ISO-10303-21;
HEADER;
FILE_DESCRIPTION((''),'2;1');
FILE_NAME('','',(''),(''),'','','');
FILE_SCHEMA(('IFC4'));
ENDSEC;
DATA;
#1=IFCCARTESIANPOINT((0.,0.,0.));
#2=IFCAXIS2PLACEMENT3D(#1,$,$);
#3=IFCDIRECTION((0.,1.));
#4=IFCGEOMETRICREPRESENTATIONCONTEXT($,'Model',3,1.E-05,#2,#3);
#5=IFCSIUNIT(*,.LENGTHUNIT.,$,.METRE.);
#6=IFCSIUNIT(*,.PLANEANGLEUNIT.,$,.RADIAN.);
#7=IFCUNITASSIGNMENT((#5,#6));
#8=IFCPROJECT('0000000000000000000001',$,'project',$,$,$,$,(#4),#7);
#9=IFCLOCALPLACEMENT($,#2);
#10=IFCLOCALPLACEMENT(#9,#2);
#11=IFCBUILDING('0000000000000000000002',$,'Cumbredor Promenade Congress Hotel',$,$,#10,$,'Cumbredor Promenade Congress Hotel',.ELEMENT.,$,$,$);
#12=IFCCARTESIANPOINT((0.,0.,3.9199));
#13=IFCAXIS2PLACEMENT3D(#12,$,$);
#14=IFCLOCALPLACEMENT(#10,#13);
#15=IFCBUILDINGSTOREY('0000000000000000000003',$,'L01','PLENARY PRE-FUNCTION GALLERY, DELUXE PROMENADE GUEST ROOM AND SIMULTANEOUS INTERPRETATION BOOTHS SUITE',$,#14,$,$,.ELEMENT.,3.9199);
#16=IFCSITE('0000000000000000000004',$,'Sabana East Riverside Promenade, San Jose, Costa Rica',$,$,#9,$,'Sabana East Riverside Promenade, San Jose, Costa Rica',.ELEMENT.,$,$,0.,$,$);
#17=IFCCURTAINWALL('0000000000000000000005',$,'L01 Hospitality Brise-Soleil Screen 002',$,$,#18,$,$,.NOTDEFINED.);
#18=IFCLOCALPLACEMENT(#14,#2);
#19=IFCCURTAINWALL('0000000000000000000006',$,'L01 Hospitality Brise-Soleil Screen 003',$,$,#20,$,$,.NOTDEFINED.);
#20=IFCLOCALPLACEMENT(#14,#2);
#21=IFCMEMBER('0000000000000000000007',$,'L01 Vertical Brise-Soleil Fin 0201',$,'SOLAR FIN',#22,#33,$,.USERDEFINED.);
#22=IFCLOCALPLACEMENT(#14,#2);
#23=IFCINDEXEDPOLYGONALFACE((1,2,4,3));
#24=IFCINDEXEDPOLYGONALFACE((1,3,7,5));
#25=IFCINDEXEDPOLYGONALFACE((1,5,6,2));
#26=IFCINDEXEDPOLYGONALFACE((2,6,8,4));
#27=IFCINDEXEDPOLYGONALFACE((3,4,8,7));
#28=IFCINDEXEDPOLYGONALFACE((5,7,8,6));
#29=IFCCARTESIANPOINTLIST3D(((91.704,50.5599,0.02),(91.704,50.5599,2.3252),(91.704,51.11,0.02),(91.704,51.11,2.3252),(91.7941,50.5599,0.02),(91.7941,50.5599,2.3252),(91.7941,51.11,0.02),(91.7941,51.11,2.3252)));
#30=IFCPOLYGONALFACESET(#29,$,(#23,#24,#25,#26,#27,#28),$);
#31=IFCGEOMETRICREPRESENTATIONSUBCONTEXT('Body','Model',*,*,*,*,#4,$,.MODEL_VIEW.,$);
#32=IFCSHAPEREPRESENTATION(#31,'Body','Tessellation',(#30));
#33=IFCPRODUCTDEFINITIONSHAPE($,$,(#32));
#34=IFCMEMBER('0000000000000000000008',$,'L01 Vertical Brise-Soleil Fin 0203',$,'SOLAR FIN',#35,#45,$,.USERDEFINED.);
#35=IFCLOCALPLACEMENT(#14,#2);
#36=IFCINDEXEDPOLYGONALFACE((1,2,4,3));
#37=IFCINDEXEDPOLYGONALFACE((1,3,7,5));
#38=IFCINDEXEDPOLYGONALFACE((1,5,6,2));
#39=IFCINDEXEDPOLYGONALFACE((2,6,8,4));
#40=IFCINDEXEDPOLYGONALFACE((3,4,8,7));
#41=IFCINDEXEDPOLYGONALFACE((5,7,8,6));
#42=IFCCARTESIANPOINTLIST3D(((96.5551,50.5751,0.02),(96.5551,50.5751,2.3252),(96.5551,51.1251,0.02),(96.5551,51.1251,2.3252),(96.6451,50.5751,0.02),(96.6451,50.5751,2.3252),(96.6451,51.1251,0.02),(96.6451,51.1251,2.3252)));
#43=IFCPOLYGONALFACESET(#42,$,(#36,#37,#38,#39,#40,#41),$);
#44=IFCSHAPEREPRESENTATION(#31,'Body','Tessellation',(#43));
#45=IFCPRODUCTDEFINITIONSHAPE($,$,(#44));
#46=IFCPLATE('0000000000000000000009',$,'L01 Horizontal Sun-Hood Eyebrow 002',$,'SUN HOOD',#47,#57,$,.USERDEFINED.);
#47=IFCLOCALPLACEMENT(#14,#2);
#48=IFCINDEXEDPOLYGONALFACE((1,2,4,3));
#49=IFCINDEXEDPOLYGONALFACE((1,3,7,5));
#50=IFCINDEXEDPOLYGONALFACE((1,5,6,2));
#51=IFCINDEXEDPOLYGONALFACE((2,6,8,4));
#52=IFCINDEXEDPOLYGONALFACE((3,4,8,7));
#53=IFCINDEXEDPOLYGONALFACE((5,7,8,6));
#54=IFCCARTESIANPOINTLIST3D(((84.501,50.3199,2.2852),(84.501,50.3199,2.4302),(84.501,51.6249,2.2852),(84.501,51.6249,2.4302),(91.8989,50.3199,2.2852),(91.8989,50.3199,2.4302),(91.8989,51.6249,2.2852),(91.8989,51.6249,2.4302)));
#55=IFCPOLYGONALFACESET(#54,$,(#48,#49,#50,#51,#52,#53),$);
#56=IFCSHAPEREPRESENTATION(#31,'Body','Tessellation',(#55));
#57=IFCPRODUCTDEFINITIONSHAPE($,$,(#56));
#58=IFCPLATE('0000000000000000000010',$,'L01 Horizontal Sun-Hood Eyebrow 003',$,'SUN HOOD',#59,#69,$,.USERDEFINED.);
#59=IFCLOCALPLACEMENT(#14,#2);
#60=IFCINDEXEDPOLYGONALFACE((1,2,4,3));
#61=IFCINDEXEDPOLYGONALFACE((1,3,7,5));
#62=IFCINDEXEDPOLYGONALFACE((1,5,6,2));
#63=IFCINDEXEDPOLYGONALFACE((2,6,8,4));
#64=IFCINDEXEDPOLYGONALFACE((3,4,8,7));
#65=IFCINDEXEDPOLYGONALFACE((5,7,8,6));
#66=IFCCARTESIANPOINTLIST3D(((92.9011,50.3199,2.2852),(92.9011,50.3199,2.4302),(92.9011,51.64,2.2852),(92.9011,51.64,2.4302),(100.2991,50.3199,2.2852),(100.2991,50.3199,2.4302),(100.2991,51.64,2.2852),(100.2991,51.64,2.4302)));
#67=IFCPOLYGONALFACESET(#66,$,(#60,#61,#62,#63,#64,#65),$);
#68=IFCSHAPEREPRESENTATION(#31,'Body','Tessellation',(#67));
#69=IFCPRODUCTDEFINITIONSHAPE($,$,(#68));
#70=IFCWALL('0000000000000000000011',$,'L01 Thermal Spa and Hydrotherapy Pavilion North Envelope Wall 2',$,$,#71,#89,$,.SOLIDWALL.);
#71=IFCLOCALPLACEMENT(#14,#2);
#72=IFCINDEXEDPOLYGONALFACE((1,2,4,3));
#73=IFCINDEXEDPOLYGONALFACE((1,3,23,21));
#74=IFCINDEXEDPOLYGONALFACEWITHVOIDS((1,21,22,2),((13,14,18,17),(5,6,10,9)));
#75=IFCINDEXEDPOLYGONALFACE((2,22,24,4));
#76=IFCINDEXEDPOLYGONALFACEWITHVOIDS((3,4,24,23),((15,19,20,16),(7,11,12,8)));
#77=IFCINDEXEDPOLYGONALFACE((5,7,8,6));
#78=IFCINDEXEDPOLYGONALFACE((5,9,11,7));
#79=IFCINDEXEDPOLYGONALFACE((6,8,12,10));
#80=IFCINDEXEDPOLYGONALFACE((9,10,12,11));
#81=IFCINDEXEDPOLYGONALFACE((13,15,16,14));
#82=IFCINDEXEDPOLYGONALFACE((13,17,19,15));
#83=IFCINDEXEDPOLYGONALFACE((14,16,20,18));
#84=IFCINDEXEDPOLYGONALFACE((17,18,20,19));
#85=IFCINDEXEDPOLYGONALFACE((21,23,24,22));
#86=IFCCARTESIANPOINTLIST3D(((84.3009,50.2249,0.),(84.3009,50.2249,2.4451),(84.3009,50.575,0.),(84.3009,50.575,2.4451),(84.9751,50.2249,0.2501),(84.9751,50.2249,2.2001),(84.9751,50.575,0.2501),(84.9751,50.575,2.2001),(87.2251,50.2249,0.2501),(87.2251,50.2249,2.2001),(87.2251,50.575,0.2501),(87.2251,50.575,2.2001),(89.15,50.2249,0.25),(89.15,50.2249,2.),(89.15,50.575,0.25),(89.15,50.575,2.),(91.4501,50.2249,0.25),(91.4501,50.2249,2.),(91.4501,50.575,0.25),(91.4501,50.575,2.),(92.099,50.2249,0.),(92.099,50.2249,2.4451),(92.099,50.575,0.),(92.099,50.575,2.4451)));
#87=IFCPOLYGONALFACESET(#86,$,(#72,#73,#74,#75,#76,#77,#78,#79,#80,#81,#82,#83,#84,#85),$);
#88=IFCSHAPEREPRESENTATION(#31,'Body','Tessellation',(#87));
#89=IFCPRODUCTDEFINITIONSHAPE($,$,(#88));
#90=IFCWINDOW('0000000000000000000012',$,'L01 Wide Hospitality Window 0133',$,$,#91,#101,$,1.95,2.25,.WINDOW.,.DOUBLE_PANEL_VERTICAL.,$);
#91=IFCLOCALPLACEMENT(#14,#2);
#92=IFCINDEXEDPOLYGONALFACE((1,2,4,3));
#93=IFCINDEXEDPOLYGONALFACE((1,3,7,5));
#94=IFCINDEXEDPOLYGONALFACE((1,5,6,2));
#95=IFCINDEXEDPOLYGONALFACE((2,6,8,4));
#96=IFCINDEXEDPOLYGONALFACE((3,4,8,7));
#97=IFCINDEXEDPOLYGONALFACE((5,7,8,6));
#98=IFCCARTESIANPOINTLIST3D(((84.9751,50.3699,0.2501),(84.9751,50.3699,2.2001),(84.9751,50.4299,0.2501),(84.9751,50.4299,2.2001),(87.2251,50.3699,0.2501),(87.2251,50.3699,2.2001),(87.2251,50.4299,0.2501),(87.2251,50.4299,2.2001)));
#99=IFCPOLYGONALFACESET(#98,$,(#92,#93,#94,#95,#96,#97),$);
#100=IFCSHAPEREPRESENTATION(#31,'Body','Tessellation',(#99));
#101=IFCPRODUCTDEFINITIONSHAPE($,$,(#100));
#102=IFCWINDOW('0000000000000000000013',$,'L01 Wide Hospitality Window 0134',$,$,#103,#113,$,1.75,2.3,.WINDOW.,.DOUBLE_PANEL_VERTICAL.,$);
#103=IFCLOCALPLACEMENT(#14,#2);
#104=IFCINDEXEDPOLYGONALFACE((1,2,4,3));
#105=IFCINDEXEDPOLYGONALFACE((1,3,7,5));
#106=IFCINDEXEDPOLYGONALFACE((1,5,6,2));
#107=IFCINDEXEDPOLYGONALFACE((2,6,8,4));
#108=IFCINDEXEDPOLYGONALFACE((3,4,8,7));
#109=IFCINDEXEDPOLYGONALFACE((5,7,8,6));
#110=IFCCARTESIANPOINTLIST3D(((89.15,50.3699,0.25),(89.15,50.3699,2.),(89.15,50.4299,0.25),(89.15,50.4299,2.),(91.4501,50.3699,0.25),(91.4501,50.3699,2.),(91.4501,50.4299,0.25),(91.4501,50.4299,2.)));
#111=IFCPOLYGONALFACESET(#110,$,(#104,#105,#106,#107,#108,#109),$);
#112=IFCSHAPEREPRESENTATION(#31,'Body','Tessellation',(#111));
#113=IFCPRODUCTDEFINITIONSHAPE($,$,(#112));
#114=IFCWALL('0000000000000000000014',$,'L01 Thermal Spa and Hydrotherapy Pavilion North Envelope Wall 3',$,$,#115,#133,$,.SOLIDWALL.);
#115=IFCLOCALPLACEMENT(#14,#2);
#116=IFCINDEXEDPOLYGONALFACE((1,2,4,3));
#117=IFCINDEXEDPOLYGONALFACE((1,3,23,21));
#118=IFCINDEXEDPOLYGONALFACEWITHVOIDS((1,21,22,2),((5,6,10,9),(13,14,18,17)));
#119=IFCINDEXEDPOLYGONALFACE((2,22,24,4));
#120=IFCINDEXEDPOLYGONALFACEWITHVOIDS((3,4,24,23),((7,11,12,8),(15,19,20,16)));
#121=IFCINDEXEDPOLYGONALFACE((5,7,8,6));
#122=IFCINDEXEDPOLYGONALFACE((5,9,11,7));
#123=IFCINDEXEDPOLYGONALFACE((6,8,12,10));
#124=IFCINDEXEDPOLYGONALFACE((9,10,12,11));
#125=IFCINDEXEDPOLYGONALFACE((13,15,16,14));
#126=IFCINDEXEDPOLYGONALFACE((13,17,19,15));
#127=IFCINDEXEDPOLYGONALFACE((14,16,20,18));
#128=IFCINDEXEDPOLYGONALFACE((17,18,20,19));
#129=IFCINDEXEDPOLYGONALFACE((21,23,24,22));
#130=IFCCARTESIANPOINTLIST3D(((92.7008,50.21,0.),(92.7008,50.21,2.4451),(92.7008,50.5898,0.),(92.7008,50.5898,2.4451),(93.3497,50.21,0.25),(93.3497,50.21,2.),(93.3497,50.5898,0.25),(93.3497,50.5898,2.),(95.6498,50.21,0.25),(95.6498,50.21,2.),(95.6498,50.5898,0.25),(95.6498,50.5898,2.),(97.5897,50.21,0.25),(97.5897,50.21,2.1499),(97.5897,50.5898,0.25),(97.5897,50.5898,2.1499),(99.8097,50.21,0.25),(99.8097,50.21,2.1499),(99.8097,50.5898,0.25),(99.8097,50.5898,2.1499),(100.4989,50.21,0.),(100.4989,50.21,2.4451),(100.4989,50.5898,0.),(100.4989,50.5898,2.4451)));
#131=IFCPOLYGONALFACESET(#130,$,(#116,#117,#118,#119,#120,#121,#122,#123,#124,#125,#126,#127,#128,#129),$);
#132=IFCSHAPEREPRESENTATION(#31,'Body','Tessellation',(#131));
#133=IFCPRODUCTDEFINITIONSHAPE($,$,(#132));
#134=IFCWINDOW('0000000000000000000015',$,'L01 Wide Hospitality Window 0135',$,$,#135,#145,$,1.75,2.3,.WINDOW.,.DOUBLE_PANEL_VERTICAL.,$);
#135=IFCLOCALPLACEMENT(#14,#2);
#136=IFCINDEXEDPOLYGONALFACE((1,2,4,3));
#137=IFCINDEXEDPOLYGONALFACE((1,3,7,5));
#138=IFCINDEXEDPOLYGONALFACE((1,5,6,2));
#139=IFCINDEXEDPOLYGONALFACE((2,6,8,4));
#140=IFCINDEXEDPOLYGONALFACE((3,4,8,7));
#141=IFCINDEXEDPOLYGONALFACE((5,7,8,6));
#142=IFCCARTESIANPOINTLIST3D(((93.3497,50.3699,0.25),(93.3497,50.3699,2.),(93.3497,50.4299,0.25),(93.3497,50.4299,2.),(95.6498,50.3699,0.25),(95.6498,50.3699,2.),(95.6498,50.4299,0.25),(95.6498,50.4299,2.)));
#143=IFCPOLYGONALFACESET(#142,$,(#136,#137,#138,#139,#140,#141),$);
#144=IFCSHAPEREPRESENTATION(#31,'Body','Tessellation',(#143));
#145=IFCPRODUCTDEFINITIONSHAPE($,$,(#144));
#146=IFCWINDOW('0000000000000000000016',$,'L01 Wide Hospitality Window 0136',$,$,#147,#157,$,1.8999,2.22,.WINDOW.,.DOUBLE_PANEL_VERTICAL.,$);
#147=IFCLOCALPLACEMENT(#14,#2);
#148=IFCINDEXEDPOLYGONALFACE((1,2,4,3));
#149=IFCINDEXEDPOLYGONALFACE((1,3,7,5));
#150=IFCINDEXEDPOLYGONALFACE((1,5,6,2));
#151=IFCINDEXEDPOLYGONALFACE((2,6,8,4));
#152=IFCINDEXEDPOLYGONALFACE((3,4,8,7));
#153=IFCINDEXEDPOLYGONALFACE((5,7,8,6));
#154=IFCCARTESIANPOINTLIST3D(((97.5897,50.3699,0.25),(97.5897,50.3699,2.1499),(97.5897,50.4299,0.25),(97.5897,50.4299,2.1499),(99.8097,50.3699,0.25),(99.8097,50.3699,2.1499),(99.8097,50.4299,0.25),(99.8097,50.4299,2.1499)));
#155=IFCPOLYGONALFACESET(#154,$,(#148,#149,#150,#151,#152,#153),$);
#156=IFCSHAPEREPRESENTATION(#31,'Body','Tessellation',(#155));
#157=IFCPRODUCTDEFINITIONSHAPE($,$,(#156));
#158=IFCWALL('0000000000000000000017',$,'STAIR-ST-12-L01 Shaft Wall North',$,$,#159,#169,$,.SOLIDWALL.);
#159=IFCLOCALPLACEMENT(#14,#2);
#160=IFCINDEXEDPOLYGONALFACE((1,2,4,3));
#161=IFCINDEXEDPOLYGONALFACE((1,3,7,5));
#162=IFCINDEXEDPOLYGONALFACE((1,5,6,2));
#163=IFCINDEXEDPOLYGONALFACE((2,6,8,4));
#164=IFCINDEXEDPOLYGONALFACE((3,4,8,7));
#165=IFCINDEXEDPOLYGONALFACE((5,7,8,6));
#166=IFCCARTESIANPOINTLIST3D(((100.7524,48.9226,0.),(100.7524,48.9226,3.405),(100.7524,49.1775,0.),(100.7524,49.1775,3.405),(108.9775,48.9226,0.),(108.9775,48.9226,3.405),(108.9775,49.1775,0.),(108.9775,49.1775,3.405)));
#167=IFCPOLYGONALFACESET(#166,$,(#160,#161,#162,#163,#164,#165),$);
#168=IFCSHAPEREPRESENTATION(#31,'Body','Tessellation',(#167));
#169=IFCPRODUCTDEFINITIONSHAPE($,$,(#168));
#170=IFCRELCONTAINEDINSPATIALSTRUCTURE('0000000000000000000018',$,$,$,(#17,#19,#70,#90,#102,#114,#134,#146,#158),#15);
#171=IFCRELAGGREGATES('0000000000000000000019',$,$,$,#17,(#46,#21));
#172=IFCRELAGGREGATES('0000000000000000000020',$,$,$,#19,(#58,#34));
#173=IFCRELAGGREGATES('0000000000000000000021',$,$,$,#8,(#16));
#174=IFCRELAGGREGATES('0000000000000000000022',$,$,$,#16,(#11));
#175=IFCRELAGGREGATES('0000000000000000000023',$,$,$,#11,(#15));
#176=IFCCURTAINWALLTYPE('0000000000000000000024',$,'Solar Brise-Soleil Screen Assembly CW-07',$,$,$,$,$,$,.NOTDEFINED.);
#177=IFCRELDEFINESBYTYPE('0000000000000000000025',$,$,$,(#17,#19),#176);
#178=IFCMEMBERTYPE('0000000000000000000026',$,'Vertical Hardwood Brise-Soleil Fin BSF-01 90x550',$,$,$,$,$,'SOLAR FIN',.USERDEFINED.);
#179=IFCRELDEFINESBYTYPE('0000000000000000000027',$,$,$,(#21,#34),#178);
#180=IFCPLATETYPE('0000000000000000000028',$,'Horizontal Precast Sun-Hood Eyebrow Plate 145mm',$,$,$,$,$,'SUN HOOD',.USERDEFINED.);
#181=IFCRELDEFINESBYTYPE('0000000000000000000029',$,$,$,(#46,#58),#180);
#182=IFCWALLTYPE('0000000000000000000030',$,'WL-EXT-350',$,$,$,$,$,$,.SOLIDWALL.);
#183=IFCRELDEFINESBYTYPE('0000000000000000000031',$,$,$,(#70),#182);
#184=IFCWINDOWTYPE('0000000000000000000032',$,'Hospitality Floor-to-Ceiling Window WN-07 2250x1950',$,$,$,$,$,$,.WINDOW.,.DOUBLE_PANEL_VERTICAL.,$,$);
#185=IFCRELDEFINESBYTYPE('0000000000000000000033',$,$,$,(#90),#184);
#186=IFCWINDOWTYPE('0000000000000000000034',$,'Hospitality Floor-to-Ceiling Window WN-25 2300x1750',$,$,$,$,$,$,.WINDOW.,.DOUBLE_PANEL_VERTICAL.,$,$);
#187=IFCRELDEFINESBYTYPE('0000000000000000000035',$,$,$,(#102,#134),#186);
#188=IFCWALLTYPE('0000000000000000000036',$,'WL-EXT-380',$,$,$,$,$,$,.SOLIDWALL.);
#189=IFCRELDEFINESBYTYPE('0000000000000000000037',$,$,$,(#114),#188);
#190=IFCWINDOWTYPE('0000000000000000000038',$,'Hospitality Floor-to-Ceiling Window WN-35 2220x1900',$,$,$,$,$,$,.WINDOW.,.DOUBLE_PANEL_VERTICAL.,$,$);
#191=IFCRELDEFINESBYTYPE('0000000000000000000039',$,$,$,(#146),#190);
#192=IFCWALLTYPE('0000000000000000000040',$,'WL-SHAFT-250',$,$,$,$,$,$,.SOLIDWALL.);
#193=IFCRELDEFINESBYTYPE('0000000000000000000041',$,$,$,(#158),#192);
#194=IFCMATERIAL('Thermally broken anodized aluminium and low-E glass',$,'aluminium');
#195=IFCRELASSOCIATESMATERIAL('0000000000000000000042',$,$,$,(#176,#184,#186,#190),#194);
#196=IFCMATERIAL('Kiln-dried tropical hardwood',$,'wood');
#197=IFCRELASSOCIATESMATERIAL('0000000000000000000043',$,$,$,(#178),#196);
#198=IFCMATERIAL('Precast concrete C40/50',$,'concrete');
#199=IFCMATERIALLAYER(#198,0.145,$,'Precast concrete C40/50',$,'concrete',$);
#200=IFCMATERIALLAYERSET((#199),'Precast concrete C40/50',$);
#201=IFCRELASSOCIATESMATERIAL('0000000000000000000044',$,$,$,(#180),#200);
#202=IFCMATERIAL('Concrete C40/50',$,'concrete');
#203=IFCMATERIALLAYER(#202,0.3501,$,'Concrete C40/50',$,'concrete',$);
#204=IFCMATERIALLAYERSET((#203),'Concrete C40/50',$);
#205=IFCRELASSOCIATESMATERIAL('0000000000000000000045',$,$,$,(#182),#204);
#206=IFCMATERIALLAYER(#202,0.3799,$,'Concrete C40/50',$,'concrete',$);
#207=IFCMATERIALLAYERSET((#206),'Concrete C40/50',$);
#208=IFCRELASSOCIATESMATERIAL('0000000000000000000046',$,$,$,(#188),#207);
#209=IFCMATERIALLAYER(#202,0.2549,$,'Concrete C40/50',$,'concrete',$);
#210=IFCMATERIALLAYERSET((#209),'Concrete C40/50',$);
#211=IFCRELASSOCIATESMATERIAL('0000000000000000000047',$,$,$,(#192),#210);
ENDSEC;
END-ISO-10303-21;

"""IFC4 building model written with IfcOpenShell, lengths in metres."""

from ifc_helpers import new_model, si_unit, direction, frame, frame_2d, origin, origin_2d, place, context, subcontext, project, spatial, rectangle, extrude, material, layer, layer_set, material_profile, profile_set, type_object, element, fill, aggregate, save


model = new_model("IFC4")

# Units and contexts
model_context = context("Model", 3, precision=1e-05, world=origin(), true_north=direction((0.0, 1.0)))
body_context = subcontext(model_context, "Body", "Model", "MODEL_VIEW")
ifc_project = project(units=[si_unit("LENGTHUNIT", "METRE"), si_unit("PLANEANGLEUNIT", "RADIAN")], contexts=[model_context])

# Site, building, storey
site_placement = place(None, origin())
site = spatial("IfcSite", under=ifc_project, at=site_placement, Name="Sabana East Riverside Promenade, San Jose, Costa Rica", LongName="Sabana East Riverside Promenade, San Jose, Costa Rica", CompositionType="ELEMENT", RefElevation=0.0)
building_placement = place(site_placement, origin())
building = spatial("IfcBuilding", under=site, at=building_placement, Name="Cumbredor Promenade Congress Hotel", LongName="Cumbredor Promenade Congress Hotel", CompositionType="ELEMENT")
storey_placement = place(building_placement, frame((0.0, 0.0, 3.9199)))
storey = spatial("IfcBuildingStorey", under=building, at=storey_placement, Name="L01", Description="PLENARY PRE-FUNCTION GALLERY, DELUXE PROMENADE GUEST ROOM AND SIMULTANEOUS INTERPRETATION BOOTHS SUITE", CompositionType="ELEMENT", Elevation=3.9199)

# Shared definitions
ifc_material_1 = material(Name="Concrete C40/50", Category="concrete")

# Curtain walls
ifc_material_2 = material(Name="Thermally broken anodized aluminium and low-E glass", Category="aluminium")
curtain_wall_type = type_object("IfcCurtainWallType", Name="Solar Brise-Soleil Screen Assembly CW-07", PredefinedType="NOTDEFINED", material=ifc_material_2)
curtain_wall_1_placement = place(storey_placement, origin())
curtain_wall_1 = element("IfcCurtainWall", 1, at=curtain_wall_1_placement, inside=storey, type_object=curtain_wall_type, Name="L01 Hospitality Brise-Soleil Screen 002", PredefinedType="NOTDEFINED")
curtain_wall_2_placement = place(storey_placement, origin())
curtain_wall_2 = element("IfcCurtainWall", 2, at=curtain_wall_2_placement, inside=storey, type_object=curtain_wall_type, Name="L01 Hospitality Brise-Soleil Screen 003", PredefinedType="NOTDEFINED")

# Members
ifc_material_3 = material(Name="Kiln-dried tropical hardwood", Category="wood")
ifc_material_profile_1 = material_profile(ifc_material_3, rectangle(XDim=0.0901, YDim=0.55, at=origin_2d()), Name="ARCH FIN 90x550")
ifc_profile_set_1 = profile_set([ifc_material_profile_1], Name="Kiln-dried tropical hardwood")
member_type_1 = type_object("IfcMemberType", Name="Vertical Hardwood Brise-Soleil Fin BSF-01 90x550", ElementType="SOLAR FIN", PredefinedType="USERDEFINED", material=ifc_profile_set_1)
member_1_placement = place(storey_placement, frame((91.749, 50.835, 0.02), z_axis=(0.0, 0.0, 1.0), x_axis=(1.0, 0.0, 0.0)))
member_1 = element("IfcMember", 3, at=member_1_placement, type_object=member_type_1, Name="L01 Vertical Brise-Soleil Fin 0201", ObjectType="SOLAR FIN", PredefinedType="USERDEFINED", context=body_context, shape_type="SweptSolid", body=[
    extrude(rectangle(XDim=0.0901, YDim=0.55, at=origin_2d()), origin(), (0.0, 0.0, 1.0), 2.3052),
])
member_2_placement = place(storey_placement, frame((96.6001, 50.8501, 0.02), z_axis=(0.0, 0.0, 1.0), x_axis=(1.0, 0.0, 0.0)))
member_2 = element("IfcMember", 4, at=member_2_placement, type_object=member_type_1, Name="L01 Vertical Brise-Soleil Fin 0203", ObjectType="SOLAR FIN", PredefinedType="USERDEFINED", context=body_context, shape_type="SweptSolid", body=[
    extrude(rectangle(XDim=0.0901, YDim=0.55, at=origin_2d()), origin(), (0.0, 0.0, 1.0), 2.3052),
])

# Plates
ifc_material_4 = material(Name="Precast concrete C40/50", Category="concrete")
ifc_layer_1 = layer(ifc_material_4, 0.145, Name="Precast concrete C40/50", Category="concrete")
ifc_layer_set_1 = layer_set([ifc_layer_1], Name="Precast concrete C40/50")
plate_type = type_object("IfcPlateType", Name="Horizontal Precast Sun-Hood Eyebrow Plate 145mm", ElementType="SUN HOOD", PredefinedType="USERDEFINED", material=ifc_layer_set_1)
plate_1_placement = place(storey_placement, frame((88.2, 50.9724, 2.2852), z_axis=(0.0, 0.0, 1.0), x_axis=(1.0, 0.0, 0.0)))
plate_1 = element("IfcPlate", 5, at=plate_1_placement, type_object=plate_type, Name="L01 Horizontal Sun-Hood Eyebrow 002", ObjectType="SUN HOOD", PredefinedType="USERDEFINED", context=body_context, shape_type="SweptSolid", body=[
    extrude(rectangle(XDim=7.3979, YDim=1.3049, at=origin_2d()), origin(), (0.0, 0.0, 1.0), 0.145),
])
aggregate(curtain_wall_1, [plate_1, member_1])
plate_2_placement = place(storey_placement, frame((96.6001, 50.98, 2.2852), z_axis=(0.0, 0.0, 1.0), x_axis=(1.0, 0.0, 0.0)))
plate_2 = element("IfcPlate", 6, at=plate_2_placement, type_object=plate_type, Name="L01 Horizontal Sun-Hood Eyebrow 003", ObjectType="SUN HOOD", PredefinedType="USERDEFINED", context=body_context, shape_type="SweptSolid", body=[
    extrude(rectangle(XDim=7.3979, YDim=1.3201, at=origin_2d()), origin(), (0.0, 0.0, 1.0), 0.145),
])
aggregate(curtain_wall_2, [plate_2, member_2])

# Walls, openings, windows
ifc_layer_2 = layer(ifc_material_1, 0.3501, Name="Concrete C40/50", Category="concrete")
ifc_layer_set_2 = layer_set([ifc_layer_2], Name="Concrete C40/50")
wall_type_1 = type_object("IfcWallType", Name="WL-EXT-350", PredefinedType="SOLIDWALL", material=ifc_layer_set_2)
wall_1_placement = place(storey_placement, frame((84.301, 50.3999, 0.0), z_axis=(0.0, 0.0, 1.0), x_axis=(1.0, 0.0, 0.0)))
wall_1 = element("IfcWall", 7, at=wall_1_placement, inside=storey, type_object=wall_type_1, Name="L01 Thermal Spa and Hydrotherapy Pavilion North Envelope Wall 2", PredefinedType="SOLIDWALL", context=body_context, shape_type="SweptSolid", body=[
    extrude(rectangle(XDim=7.7981, YDim=0.3501, at=frame_2d((3.8989, 0.0))), origin(), (0.0, 0.0, 1.0), 2.4451),
])
opening_1_placement = place(wall_1_placement, frame((0.6741, 0.0, 0.25)))
opening_1 = element("IfcOpeningElement", 8, at=opening_1_placement, cuts=wall_1, PredefinedType="OPENING", context=body_context, shape_type="SweptSolid", body=[
    extrude(rectangle(XDim=2.25, YDim=1.95, at=frame_2d((1.125, 0.9751))), frame((0.0, 0.1851, 0.0), z_axis=(0.0, -1.0, 0.0), x_axis=(1.0, 0.0, 0.0)), (0.0, 0.0, 1.0), 0.3701),
])
opening_2_placement = place(wall_1_placement, frame((4.8491, 0.0, 0.25)))
opening_2 = element("IfcOpeningElement", 9, at=opening_2_placement, cuts=wall_1, PredefinedType="OPENING", context=body_context, shape_type="SweptSolid", body=[
    extrude(rectangle(XDim=2.3, YDim=1.75, at=frame_2d((1.1499, 0.875))), frame((0.0, 0.1851, 0.0), z_axis=(0.0, -1.0, 0.0), x_axis=(1.0, 0.0, 0.0)), (0.0, 0.0, 1.0), 0.3701),
])
window_type_1 = type_object("IfcWindowType", Name="Hospitality Floor-to-Ceiling Window WN-07 2250x1950", PartitioningType="DOUBLE_PANEL_VERTICAL", PredefinedType="WINDOW", material=ifc_material_2)
window_1_placement = place(opening_1_placement, origin())
window_1 = element("IfcWindow", 10, at=window_1_placement, inside=storey, type_object=window_type_1, Name="L01 Wide Hospitality Window 0133", OverallHeight=1.95, OverallWidth=2.25, PartitioningType="DOUBLE_PANEL_VERTICAL", PredefinedType="WINDOW", context=body_context, shape_type="SweptSolid", body=[
    extrude(rectangle(XDim=2.25, YDim=1.95, at=frame_2d((1.125, 0.9751))), frame((0.0, 0.03, 0.0), z_axis=(0.0, -1.0, 0.0), x_axis=(1.0, 0.0, 0.0)), (0.0, 0.0, 1.0), 0.0601),
])
fill(opening_1, window_1)
window_type_2 = type_object("IfcWindowType", Name="Hospitality Floor-to-Ceiling Window WN-25 2300x1750", PartitioningType="DOUBLE_PANEL_VERTICAL", PredefinedType="WINDOW", material=ifc_material_2)
window_2_placement = place(opening_2_placement, origin())
window_2 = element("IfcWindow", 11, at=window_2_placement, inside=storey, type_object=window_type_2, Name="L01 Wide Hospitality Window 0134", OverallHeight=1.75, OverallWidth=2.3, PartitioningType="DOUBLE_PANEL_VERTICAL", PredefinedType="WINDOW", context=body_context, shape_type="SweptSolid", body=[
    extrude(rectangle(XDim=2.3, YDim=1.75, at=frame_2d((1.1499, 0.875))), frame((0.0, 0.03, 0.0), z_axis=(0.0, -1.0, 0.0), x_axis=(1.0, 0.0, 0.0)), (0.0, 0.0, 1.0), 0.0601),
])
fill(opening_2, window_2)
ifc_layer_3 = layer(ifc_material_1, 0.3799, Name="Concrete C40/50", Category="concrete")
ifc_layer_set_3 = layer_set([ifc_layer_3], Name="Concrete C40/50")
wall_type_2 = type_object("IfcWallType", Name="WL-EXT-380", PredefinedType="SOLIDWALL", material=ifc_layer_set_3)
wall_2_placement = place(storey_placement, frame((92.7009, 50.3999, 0.0), z_axis=(0.0, 0.0, 1.0), x_axis=(1.0, 0.0, 0.0)))
wall_2 = element("IfcWall", 12, at=wall_2_placement, inside=storey, type_object=wall_type_2, Name="L01 Thermal Spa and Hydrotherapy Pavilion North Envelope Wall 3", PredefinedType="SOLIDWALL", context=body_context, shape_type="SweptSolid", body=[
    extrude(rectangle(XDim=7.7981, YDim=0.3799, at=frame_2d((3.8989, 0.0))), origin(), (0.0, 0.0, 1.0), 2.4451),
])
opening_3_placement = place(wall_2_placement, frame((0.6489, 0.0, 0.25)))
opening_3 = element("IfcOpeningElement", 13, at=opening_3_placement, cuts=wall_2, PredefinedType="OPENING", context=body_context, shape_type="SweptSolid", body=[
    extrude(rectangle(XDim=2.3, YDim=1.75, at=frame_2d((1.1499, 0.875))), frame((0.0, 0.2, 0.0), z_axis=(0.0, -1.0, 0.0), x_axis=(1.0, 0.0, 0.0)), (0.0, 0.0, 1.0), 0.3999),
])
opening_4_placement = place(wall_2_placement, frame((4.8889, 0.0, 0.25)))
opening_4 = element("IfcOpeningElement", 14, at=opening_4_placement, cuts=wall_2, PredefinedType="OPENING", context=body_context, shape_type="SweptSolid", body=[
    extrude(rectangle(XDim=2.22, YDim=1.8999, at=frame_2d((1.1099, 0.95))), frame((0.0, 0.2, 0.0), z_axis=(0.0, -1.0, 0.0), x_axis=(1.0, 0.0, 0.0)), (0.0, 0.0, 1.0), 0.3999),
])
window_3_placement = place(opening_3_placement, origin())
window_3 = element("IfcWindow", 15, at=window_3_placement, inside=storey, type_object=window_type_2, Name="L01 Wide Hospitality Window 0135", OverallHeight=1.75, OverallWidth=2.3, PartitioningType="DOUBLE_PANEL_VERTICAL", PredefinedType="WINDOW", context=body_context, shape_type="SweptSolid", body=[
    extrude(rectangle(XDim=2.3, YDim=1.75, at=frame_2d((1.1499, 0.875))), frame((0.0, 0.03, 0.0), z_axis=(0.0, -1.0, 0.0), x_axis=(1.0, 0.0, 0.0)), (0.0, 0.0, 1.0), 0.0601),
])
fill(opening_3, window_3)
window_type_3 = type_object("IfcWindowType", Name="Hospitality Floor-to-Ceiling Window WN-35 2220x1900", PartitioningType="DOUBLE_PANEL_VERTICAL", PredefinedType="WINDOW", material=ifc_material_2)
window_4_placement = place(opening_4_placement, origin())
window_4 = element("IfcWindow", 16, at=window_4_placement, inside=storey, type_object=window_type_3, Name="L01 Wide Hospitality Window 0136", OverallHeight=1.8999, OverallWidth=2.22, PartitioningType="DOUBLE_PANEL_VERTICAL", PredefinedType="WINDOW", context=body_context, shape_type="SweptSolid", body=[
    extrude(rectangle(XDim=2.22, YDim=1.8999, at=frame_2d((1.1099, 0.95))), frame((0.0, 0.03, 0.0), z_axis=(0.0, -1.0, 0.0), x_axis=(1.0, 0.0, 0.0)), (0.0, 0.0, 1.0), 0.0601),
])
fill(opening_4, window_4)

# Shared definitions
ifc_layer_4 = layer(ifc_material_1, 0.2549, Name="Concrete C40/50", Category="concrete")
ifc_layer_set_4 = layer_set([ifc_layer_4], Name="Concrete C40/50")
wall_type_3 = type_object("IfcWallType", Name="WL-SHAFT-250", PredefinedType="SOLIDWALL", material=ifc_layer_set_4)

# Wall
wall_3_placement = place(storey_placement, frame((100.7524, 49.05, 0.0), z_axis=(0.0, 0.0, 1.0), x_axis=(1.0, 0.0, 0.0)))
element("IfcWall", 17, at=wall_3_placement, inside=storey, type_object=wall_type_3, Name="STAIR-ST-12-L01 Shaft Wall North", PredefinedType="SOLIDWALL", context=body_context, shape_type="SweptSolid", body=[
    extrude(rectangle(XDim=8.2251, YDim=0.2549, at=frame_2d((4.1125, 0.0))), origin(), (0.0, 0.0, 1.0), 3.405),
])

save(model, "model.ifc")
